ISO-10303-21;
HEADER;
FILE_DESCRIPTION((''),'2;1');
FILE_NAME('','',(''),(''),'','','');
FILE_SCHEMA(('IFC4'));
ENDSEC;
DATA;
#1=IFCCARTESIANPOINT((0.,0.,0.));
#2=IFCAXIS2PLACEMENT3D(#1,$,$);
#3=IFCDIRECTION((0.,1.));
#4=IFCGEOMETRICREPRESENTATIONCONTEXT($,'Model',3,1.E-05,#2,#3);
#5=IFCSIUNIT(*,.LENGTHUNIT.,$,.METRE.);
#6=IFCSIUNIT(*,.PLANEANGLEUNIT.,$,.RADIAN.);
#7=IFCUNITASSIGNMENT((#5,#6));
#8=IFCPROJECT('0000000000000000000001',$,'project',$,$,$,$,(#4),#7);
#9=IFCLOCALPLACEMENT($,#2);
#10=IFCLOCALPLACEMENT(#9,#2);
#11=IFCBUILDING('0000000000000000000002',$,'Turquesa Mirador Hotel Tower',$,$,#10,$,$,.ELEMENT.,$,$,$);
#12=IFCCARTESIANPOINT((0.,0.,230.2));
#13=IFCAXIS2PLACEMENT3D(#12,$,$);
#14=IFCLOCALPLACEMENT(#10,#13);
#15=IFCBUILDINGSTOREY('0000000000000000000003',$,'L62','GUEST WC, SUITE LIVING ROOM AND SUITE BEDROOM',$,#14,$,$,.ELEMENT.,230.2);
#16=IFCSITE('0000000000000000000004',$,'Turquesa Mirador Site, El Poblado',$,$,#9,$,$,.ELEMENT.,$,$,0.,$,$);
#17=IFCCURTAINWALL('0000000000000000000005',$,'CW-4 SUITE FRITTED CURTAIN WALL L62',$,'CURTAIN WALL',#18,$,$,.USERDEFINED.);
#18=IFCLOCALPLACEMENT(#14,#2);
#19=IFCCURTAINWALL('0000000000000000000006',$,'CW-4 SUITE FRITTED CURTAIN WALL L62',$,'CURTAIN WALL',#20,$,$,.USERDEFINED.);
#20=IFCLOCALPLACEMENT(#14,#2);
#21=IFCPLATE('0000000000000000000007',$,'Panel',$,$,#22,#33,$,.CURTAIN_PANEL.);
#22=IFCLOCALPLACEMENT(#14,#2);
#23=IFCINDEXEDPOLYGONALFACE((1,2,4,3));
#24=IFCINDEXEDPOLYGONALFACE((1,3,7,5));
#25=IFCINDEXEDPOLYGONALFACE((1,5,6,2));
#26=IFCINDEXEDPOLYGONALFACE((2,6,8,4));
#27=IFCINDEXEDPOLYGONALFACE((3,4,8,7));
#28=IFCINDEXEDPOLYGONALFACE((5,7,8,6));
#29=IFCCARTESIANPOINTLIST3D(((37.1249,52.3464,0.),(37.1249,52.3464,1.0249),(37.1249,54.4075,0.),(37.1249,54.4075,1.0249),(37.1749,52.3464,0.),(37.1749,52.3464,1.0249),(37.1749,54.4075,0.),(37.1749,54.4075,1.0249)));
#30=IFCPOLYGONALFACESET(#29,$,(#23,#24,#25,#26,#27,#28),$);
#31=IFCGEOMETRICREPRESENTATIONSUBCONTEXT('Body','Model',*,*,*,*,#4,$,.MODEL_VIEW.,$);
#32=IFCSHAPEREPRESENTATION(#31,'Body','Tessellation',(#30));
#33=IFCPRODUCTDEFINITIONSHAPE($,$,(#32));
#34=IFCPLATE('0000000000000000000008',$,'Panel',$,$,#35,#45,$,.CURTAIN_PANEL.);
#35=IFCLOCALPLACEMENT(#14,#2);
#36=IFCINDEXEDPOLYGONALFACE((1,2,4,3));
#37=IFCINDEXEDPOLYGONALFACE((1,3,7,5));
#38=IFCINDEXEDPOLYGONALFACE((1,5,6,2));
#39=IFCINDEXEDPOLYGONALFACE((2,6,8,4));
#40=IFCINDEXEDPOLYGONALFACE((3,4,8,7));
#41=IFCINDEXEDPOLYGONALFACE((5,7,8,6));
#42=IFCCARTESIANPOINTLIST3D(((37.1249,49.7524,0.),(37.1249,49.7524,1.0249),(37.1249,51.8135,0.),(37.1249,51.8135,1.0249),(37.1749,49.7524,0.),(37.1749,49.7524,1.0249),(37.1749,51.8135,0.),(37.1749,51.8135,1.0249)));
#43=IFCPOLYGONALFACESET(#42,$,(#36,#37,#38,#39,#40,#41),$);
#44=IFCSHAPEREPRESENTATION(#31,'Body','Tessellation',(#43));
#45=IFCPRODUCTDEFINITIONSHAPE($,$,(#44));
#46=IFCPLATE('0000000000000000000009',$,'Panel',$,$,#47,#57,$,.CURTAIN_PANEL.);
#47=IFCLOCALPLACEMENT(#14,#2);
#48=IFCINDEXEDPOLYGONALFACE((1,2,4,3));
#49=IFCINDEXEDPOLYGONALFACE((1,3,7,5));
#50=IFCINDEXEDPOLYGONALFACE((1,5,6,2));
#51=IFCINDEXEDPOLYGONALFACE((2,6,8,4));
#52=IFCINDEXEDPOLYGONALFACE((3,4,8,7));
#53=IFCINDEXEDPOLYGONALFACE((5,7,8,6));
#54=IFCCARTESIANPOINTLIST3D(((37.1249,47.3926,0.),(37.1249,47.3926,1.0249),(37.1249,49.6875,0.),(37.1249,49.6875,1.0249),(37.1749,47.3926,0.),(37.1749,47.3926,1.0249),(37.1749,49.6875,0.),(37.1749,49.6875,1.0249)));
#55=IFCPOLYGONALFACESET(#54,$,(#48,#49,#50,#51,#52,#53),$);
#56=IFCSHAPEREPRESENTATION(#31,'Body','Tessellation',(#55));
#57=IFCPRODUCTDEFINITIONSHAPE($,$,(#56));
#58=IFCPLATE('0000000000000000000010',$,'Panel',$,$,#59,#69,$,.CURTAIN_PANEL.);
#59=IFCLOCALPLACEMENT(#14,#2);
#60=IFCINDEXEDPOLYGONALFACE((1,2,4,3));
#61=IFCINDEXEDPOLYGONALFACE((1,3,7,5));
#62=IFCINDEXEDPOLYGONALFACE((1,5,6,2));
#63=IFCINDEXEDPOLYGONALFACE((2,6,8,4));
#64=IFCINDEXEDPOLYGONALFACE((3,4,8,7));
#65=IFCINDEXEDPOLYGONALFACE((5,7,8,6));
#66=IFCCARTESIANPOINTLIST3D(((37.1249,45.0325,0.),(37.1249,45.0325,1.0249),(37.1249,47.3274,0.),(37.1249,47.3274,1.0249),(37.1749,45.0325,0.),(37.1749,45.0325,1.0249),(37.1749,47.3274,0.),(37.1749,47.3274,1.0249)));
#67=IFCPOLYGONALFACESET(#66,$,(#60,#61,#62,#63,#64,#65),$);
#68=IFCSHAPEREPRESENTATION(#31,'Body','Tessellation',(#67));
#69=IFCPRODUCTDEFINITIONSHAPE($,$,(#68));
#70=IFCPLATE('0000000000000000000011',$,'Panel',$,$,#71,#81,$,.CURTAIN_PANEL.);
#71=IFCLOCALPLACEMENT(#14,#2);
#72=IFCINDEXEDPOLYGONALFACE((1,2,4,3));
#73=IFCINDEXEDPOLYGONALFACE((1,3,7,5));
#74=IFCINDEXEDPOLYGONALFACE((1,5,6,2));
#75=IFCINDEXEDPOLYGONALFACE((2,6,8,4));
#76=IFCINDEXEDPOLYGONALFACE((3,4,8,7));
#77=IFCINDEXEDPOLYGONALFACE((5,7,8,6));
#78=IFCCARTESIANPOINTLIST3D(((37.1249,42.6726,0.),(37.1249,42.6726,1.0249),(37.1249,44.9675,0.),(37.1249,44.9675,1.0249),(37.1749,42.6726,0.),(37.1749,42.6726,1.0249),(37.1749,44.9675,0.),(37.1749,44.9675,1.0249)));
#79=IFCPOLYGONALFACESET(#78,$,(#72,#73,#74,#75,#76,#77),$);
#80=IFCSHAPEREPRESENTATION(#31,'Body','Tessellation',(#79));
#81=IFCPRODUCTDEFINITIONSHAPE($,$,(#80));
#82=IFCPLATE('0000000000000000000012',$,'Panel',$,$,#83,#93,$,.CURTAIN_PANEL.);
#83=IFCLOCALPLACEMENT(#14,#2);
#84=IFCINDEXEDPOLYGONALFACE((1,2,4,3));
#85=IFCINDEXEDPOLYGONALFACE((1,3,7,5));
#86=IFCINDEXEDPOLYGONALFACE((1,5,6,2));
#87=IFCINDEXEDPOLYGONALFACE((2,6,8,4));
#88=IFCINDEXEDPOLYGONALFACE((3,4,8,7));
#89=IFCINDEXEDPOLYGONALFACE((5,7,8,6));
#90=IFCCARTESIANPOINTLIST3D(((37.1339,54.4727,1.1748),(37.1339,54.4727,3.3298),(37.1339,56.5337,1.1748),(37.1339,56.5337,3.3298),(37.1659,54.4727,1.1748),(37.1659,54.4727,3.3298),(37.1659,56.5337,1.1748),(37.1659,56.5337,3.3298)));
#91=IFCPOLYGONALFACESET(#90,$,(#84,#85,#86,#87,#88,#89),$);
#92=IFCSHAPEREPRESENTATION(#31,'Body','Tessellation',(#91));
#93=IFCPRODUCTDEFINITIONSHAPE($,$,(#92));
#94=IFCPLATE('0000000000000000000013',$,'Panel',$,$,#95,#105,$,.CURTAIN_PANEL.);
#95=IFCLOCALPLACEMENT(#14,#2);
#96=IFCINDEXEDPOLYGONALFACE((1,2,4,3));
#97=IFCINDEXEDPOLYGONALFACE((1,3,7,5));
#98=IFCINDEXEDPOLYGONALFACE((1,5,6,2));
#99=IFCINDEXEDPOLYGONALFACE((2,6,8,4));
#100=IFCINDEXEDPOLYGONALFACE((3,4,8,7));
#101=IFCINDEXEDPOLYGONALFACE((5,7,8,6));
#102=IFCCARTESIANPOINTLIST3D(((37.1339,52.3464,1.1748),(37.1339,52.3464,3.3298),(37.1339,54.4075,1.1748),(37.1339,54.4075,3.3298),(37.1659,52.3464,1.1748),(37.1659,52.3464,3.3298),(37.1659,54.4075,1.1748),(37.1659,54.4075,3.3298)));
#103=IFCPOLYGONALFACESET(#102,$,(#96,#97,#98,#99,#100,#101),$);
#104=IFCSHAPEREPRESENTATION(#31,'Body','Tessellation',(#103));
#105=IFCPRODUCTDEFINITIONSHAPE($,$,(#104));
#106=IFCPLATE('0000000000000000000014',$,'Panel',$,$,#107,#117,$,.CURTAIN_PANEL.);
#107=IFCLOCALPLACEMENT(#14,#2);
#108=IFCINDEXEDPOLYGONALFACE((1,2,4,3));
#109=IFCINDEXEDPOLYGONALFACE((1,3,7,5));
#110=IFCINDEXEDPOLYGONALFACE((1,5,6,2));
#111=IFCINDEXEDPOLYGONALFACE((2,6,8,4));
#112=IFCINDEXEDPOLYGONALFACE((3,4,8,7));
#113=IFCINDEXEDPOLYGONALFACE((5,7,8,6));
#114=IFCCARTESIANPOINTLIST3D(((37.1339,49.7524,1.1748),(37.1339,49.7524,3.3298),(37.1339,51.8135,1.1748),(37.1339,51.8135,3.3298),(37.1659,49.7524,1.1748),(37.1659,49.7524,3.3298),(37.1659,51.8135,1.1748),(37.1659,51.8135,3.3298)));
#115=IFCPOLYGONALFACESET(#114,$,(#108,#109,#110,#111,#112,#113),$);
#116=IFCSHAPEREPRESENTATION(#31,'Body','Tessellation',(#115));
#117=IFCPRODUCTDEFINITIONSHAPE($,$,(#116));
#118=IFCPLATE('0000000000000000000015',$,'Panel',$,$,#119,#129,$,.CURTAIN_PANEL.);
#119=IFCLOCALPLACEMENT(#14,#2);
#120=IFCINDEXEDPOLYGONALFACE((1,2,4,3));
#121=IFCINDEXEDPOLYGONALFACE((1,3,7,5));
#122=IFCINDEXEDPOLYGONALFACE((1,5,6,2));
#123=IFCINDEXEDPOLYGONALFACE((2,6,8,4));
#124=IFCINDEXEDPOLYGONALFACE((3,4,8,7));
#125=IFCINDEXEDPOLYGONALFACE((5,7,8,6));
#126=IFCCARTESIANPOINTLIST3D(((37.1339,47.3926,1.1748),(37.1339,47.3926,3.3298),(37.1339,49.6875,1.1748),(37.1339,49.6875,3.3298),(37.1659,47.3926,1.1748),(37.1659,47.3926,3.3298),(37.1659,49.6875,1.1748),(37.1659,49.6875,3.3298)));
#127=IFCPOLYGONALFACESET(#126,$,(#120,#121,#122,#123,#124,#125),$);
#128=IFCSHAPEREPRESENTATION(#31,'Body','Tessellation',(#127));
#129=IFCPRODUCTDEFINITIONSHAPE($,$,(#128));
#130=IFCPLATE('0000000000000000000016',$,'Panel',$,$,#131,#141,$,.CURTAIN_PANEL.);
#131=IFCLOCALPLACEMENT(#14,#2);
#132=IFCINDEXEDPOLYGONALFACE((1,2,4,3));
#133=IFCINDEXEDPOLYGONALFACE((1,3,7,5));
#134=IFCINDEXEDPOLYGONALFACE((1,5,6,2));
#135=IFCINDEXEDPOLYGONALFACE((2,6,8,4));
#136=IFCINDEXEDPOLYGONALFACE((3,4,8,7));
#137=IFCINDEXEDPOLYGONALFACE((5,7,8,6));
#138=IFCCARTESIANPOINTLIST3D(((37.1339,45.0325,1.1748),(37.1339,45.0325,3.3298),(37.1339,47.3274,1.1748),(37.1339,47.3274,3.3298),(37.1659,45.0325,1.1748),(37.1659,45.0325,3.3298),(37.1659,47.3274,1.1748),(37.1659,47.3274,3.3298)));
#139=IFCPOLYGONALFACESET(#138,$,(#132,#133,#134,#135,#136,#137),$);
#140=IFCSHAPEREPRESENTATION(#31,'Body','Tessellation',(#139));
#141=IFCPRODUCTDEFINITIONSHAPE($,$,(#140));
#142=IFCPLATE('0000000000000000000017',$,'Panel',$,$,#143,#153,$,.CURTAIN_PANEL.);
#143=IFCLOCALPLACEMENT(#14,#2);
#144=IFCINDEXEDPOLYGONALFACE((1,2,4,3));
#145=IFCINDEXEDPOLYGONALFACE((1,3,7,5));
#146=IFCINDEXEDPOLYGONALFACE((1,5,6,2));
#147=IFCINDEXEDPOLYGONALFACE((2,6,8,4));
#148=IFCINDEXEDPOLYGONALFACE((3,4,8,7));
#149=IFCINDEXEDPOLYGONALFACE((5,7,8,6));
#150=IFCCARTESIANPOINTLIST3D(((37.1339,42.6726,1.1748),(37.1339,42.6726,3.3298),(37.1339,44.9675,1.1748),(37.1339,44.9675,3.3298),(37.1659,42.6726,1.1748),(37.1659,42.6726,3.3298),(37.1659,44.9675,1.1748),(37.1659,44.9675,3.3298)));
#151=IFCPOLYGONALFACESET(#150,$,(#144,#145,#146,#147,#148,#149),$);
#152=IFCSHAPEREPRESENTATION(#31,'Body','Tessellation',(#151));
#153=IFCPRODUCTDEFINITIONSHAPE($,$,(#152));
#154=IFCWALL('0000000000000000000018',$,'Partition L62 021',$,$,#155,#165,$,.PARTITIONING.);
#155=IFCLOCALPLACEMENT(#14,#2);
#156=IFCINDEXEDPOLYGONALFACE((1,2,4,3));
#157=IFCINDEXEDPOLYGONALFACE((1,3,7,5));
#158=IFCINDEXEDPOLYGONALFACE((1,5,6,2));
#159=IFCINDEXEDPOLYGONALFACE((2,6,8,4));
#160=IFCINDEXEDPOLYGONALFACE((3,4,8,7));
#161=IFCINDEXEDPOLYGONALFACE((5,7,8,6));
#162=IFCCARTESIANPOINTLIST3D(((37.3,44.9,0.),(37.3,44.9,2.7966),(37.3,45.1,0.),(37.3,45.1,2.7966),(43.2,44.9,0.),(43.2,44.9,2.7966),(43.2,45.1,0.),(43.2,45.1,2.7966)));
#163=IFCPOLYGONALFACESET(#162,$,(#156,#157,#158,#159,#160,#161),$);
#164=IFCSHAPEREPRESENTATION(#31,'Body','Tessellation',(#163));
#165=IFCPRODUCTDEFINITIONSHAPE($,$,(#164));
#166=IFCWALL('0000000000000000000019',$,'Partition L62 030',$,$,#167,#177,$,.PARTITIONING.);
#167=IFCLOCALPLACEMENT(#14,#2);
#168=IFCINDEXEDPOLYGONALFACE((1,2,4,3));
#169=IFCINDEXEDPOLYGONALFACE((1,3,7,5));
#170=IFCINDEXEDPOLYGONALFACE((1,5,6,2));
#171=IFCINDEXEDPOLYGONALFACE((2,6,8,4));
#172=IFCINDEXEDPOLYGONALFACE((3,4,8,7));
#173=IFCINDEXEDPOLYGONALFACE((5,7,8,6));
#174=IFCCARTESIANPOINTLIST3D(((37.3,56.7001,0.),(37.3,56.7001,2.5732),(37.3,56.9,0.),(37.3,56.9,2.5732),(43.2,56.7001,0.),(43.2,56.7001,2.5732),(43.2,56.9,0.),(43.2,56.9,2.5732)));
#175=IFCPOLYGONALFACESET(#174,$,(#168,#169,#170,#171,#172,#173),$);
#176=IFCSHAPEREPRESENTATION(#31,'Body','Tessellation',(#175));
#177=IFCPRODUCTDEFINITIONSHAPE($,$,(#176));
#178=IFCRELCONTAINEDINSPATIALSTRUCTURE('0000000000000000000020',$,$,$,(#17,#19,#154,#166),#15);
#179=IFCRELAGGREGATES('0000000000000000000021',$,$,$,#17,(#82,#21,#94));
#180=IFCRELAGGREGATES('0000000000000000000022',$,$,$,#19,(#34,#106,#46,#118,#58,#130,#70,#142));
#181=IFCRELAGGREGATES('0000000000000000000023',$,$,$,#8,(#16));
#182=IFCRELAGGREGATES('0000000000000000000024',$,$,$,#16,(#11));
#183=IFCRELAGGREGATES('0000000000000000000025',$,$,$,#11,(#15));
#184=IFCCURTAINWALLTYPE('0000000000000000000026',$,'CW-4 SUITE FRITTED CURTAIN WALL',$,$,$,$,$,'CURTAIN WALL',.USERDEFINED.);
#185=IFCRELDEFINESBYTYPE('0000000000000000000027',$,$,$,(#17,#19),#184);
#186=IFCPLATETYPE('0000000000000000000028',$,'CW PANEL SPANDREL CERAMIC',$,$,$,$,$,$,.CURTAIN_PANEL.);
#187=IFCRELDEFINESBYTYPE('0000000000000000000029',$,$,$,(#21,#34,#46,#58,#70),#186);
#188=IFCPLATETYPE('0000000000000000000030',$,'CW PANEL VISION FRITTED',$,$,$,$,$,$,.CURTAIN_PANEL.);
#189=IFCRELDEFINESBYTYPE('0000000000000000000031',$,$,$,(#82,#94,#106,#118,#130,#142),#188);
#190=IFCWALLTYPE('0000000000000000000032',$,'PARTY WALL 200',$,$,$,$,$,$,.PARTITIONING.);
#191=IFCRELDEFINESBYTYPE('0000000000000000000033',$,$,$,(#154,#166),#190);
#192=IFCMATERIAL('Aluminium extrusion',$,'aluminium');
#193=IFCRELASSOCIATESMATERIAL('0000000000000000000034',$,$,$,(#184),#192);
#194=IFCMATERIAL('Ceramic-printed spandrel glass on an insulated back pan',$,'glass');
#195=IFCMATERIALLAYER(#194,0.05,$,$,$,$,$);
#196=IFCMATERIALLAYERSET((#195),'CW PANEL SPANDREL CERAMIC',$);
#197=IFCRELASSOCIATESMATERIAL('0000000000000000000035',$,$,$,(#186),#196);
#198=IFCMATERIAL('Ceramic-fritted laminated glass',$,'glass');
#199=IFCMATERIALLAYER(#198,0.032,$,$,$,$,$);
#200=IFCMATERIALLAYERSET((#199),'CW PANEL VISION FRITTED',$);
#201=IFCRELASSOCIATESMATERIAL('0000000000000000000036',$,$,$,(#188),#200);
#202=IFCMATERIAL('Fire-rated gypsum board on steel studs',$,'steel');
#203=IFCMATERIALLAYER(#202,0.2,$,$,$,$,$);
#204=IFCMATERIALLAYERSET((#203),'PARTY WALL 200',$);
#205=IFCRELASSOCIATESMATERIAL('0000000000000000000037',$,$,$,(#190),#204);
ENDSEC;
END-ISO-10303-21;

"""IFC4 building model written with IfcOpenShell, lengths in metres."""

from ifc_helpers import new_model, si_unit, direction, frame, frame_2d, origin, origin_2d, place, context, subcontext, project, spatial, rectangle, extrude, material, layer, layer_set, type_object, element, aggregate, save


model = new_model("IFC4")

# Units and contexts
model_context = context("Model", 3, precision=1e-05, world=origin(), true_north=direction((0.0, 1.0)))
body_context = subcontext(model_context, "Body", "Model", "MODEL_VIEW")
ifc_project = project(units=[si_unit("LENGTHUNIT", "METRE"), si_unit("PLANEANGLEUNIT", "RADIAN")], contexts=[model_context])

# Site, building, storey
site_placement = place(None, origin())
site = spatial("IfcSite", under=ifc_project, at=site_placement, Name="Turquesa Mirador Site, El Poblado", CompositionType="ELEMENT", RefElevation=0.0)
building_placement = place(site_placement, origin())
building = spatial("IfcBuilding", under=site, at=building_placement, Name="Turquesa Mirador Hotel Tower", CompositionType="ELEMENT")
storey_placement = place(building_placement, frame((0.0, 0.0, 230.2)))
storey = spatial("IfcBuildingStorey", under=building, at=storey_placement, Name="L62", Description="GUEST WC, SUITE LIVING ROOM AND SUITE BEDROOM", CompositionType="ELEMENT", Elevation=230.2)

# Curtain walls
ifc_material_1 = material(Name="Aluminium extrusion", Category="aluminium")
curtain_wall_type = type_object("IfcCurtainWallType", Name="CW-4 SUITE FRITTED CURTAIN WALL", ElementType="CURTAIN WALL", PredefinedType="USERDEFINED", material=ifc_material_1)
curtain_wall_1_placement = place(storey_placement, origin())
curtain_wall_1 = element("IfcCurtainWall", 1, at=curtain_wall_1_placement, inside=storey, type_object=curtain_wall_type, Name="CW-4 SUITE FRITTED CURTAIN WALL L62", ObjectType="CURTAIN WALL", PredefinedType="USERDEFINED")
curtain_wall_2_placement = place(storey_placement, origin())
curtain_wall_2 = element("IfcCurtainWall", 2, at=curtain_wall_2_placement, inside=storey, type_object=curtain_wall_type, Name="CW-4 SUITE FRITTED CURTAIN WALL L62", ObjectType="CURTAIN WALL", PredefinedType="USERDEFINED")

# Plates
ifc_material_2 = material(Name="Ceramic-printed spandrel glass on an insulated back pan", Category="glass")
ifc_layer_1 = layer(ifc_material_2, 0.05)
ifc_layer_set_1 = layer_set([ifc_layer_1], Name="CW PANEL SPANDREL CERAMIC")
plate_type_1 = type_object("IfcPlateType", Name="CW PANEL SPANDREL CERAMIC", PredefinedType="CURTAIN_PANEL", material=ifc_layer_set_1)
plate_1_placement = place(storey_placement, frame((37.1499, 53.377, 0.0), z_axis=(0.0, 0.0, 1.0), x_axis=(0.0, -1.0, 0.0)))
plate_1 = element("IfcPlate", 3, at=plate_1_placement, type_object=plate_type_1, Name="Panel", PredefinedType="CURTAIN_PANEL", context=body_context, shape_type="SweptSolid", body=[
    extrude(rectangle(XDim=2.061, YDim=0.05, at=origin_2d()), origin(), (0.0, 0.0, 1.0), 1.0249),
])
plate_2_placement = place(storey_placement, frame((37.1499, 50.783, 0.0), z_axis=(0.0, 0.0, 1.0), x_axis=(0.0, -1.0, 0.0)))
plate_2 = element("IfcPlate", 4, at=plate_2_placement, type_object=plate_type_1, Name="Panel", PredefinedType="CURTAIN_PANEL", context=body_context, shape_type="SweptSolid", body=[
    extrude(rectangle(XDim=2.061, YDim=0.05, at=origin_2d()), origin(), (0.0, 0.0, 1.0), 1.0249),
])
plate_3_placement = place(storey_placement, frame((37.1499, 48.54, 0.0), z_axis=(0.0, 0.0, 1.0), x_axis=(0.0, -1.0, 0.0)))
plate_3 = element("IfcPlate", 5, at=plate_3_placement, type_object=plate_type_1, Name="Panel", PredefinedType="CURTAIN_PANEL", context=body_context, shape_type="SweptSolid", body=[
    extrude(rectangle(XDim=2.2949, YDim=0.05, at=origin_2d()), origin(), (0.0, 0.0, 1.0), 1.0249),
])
plate_4_placement = place(storey_placement, frame((37.1499, 46.1799, 0.0), z_axis=(0.0, 0.0, 1.0), x_axis=(0.0, -1.0, 0.0)))
plate_4 = element("IfcPlate", 6, at=plate_4_placement, type_object=plate_type_1, Name="Panel", PredefinedType="CURTAIN_PANEL", context=body_context, shape_type="SweptSolid", body=[
    extrude(rectangle(XDim=2.2949, YDim=0.05, at=origin_2d()), origin(), (0.0, 0.0, 1.0), 1.0249),
])
plate_5_placement = place(storey_placement, frame((37.1499, 43.8201, 0.0), z_axis=(0.0, 0.0, 1.0), x_axis=(0.0, -1.0, 0.0)))
plate_5 = element("IfcPlate", 7, at=plate_5_placement, type_object=plate_type_1, Name="Panel", PredefinedType="CURTAIN_PANEL", context=body_context, shape_type="SweptSolid", body=[
    extrude(rectangle(XDim=2.2949, YDim=0.05, at=origin_2d()), origin(), (0.0, 0.0, 1.0), 1.0249),
])
ifc_material_3 = material(Name="Ceramic-fritted laminated glass", Category="glass")
ifc_layer_2 = layer(ifc_material_3, 0.032)
ifc_layer_set_2 = layer_set([ifc_layer_2], Name="CW PANEL VISION FRITTED")
plate_type_2 = type_object("IfcPlateType", Name="CW PANEL VISION FRITTED", PredefinedType="CURTAIN_PANEL", material=ifc_layer_set_2)
plate_6_placement = place(storey_placement, frame((37.1499, 55.5032, 1.1748), z_axis=(0.0, 0.0, 1.0), x_axis=(0.0, -1.0, 0.0)))
plate_6 = element("IfcPlate", 8, at=plate_6_placement, type_object=plate_type_2, Name="Panel", PredefinedType="CURTAIN_PANEL", context=body_context, shape_type="SweptSolid", body=[
    extrude(rectangle(XDim=2.061, YDim=0.032, at=origin_2d()), origin(), (0.0, 0.0, 1.0), 2.155),
])
plate_7_placement = place(storey_placement, frame((37.1499, 53.377, 1.1748), z_axis=(0.0, 0.0, 1.0), x_axis=(0.0, -1.0, 0.0)))
plate_7 = element("IfcPlate", 9, at=plate_7_placement, type_object=plate_type_2, Name="Panel", PredefinedType="CURTAIN_PANEL", context=body_context, shape_type="SweptSolid", body=[
    extrude(rectangle(XDim=2.061, YDim=0.032, at=origin_2d()), origin(), (0.0, 0.0, 1.0), 2.155),
])
aggregate(curtain_wall_1, [plate_6, plate_1, plate_7])
plate_8_placement = place(storey_placement, frame((37.1499, 50.783, 1.1748), z_axis=(0.0, 0.0, 1.0), x_axis=(0.0, -1.0, 0.0)))
plate_8 = element("IfcPlate", 10, at=plate_8_placement, type_object=plate_type_2, Name="Panel", PredefinedType="CURTAIN_PANEL", context=body_context, shape_type="SweptSolid", body=[
    extrude(rectangle(XDim=2.061, YDim=0.032, at=origin_2d()), origin(), (0.0, 0.0, 1.0), 2.155),
])
plate_9_placement = place(storey_placement, frame((37.1499, 48.54, 1.1748), z_axis=(0.0, 0.0, 1.0), x_axis=(0.0, -1.0, 0.0)))
plate_9 = element("IfcPlate", 11, at=plate_9_placement, type_object=plate_type_2, Name="Panel", PredefinedType="CURTAIN_PANEL", context=body_context, shape_type="SweptSolid", body=[
    extrude(rectangle(XDim=2.2949, YDim=0.032, at=origin_2d()), origin(), (0.0, 0.0, 1.0), 2.155),
])
plate_10_placement = place(storey_placement, frame((37.1499, 46.1799, 1.1748), z_axis=(0.0, 0.0, 1.0), x_axis=(0.0, -1.0, 0.0)))
plate_10 = element("IfcPlate", 12, at=plate_10_placement, type_object=plate_type_2, Name="Panel", PredefinedType="CURTAIN_PANEL", context=body_context, shape_type="SweptSolid", body=[
    extrude(rectangle(XDim=2.2949, YDim=0.032, at=origin_2d()), origin(), (0.0, 0.0, 1.0), 2.155),
])
plate_11_placement = place(storey_placement, frame((37.1499, 43.8201, 1.1748), z_axis=(0.0, 0.0, 1.0), x_axis=(0.0, -1.0, 0.0)))
plate_11 = element("IfcPlate", 13, at=plate_11_placement, type_object=plate_type_2, Name="Panel", PredefinedType="CURTAIN_PANEL", context=body_context, shape_type="SweptSolid", body=[
    extrude(rectangle(XDim=2.2949, YDim=0.032, at=origin_2d()), origin(), (0.0, 0.0, 1.0), 2.155),
])
aggregate(curtain_wall_2, [plate_2, plate_8, plate_3, plate_9, plate_4, plate_10, plate_5, plate_11])

# Walls
ifc_material_4 = material(Name="Fire-rated gypsum board on steel studs", Category="steel")
ifc_layer_3 = layer(ifc_material_4, 0.2)
ifc_layer_set_3 = layer_set([ifc_layer_3], Name="PARTY WALL 200")
wall_type_1 = type_object("IfcWallType", Name="PARTY WALL 200", PredefinedType="PARTITIONING", material=ifc_layer_set_3)
wall_1_placement = place(storey_placement, frame((37.3, 45.0, 0.0), z_axis=(0.0, 0.0, 1.0), x_axis=(1.0, 0.0, 0.0)))
element("IfcWall", 14, at=wall_1_placement, inside=storey, type_object=wall_type_1, Name="Partition L62 021", PredefinedType="PARTITIONING", context=body_context, shape_type="SweptSolid", body=[
    extrude(rectangle(XDim=5.8999, YDim=0.2, at=frame_2d((2.95, 0.0))), origin(), (0.0, 0.0, 1.0), 2.7966),
])
wall_2_placement = place(storey_placement, frame((37.3, 56.8, 0.0), z_axis=(0.0, 0.0, 1.0), x_axis=(1.0, 0.0, 0.0)))
element("IfcWall", 15, at=wall_2_placement, inside=storey, type_object=wall_type_1, Name="Partition L62 030", PredefinedType="PARTITIONING", context=body_context, shape_type="SweptSolid", body=[
    extrude(rectangle(XDim=5.8999, YDim=0.2, at=frame_2d((2.95, 0.0))), origin(), (0.0, 0.0, 1.0), 2.5732),
])

save(model, "model.ifc")
